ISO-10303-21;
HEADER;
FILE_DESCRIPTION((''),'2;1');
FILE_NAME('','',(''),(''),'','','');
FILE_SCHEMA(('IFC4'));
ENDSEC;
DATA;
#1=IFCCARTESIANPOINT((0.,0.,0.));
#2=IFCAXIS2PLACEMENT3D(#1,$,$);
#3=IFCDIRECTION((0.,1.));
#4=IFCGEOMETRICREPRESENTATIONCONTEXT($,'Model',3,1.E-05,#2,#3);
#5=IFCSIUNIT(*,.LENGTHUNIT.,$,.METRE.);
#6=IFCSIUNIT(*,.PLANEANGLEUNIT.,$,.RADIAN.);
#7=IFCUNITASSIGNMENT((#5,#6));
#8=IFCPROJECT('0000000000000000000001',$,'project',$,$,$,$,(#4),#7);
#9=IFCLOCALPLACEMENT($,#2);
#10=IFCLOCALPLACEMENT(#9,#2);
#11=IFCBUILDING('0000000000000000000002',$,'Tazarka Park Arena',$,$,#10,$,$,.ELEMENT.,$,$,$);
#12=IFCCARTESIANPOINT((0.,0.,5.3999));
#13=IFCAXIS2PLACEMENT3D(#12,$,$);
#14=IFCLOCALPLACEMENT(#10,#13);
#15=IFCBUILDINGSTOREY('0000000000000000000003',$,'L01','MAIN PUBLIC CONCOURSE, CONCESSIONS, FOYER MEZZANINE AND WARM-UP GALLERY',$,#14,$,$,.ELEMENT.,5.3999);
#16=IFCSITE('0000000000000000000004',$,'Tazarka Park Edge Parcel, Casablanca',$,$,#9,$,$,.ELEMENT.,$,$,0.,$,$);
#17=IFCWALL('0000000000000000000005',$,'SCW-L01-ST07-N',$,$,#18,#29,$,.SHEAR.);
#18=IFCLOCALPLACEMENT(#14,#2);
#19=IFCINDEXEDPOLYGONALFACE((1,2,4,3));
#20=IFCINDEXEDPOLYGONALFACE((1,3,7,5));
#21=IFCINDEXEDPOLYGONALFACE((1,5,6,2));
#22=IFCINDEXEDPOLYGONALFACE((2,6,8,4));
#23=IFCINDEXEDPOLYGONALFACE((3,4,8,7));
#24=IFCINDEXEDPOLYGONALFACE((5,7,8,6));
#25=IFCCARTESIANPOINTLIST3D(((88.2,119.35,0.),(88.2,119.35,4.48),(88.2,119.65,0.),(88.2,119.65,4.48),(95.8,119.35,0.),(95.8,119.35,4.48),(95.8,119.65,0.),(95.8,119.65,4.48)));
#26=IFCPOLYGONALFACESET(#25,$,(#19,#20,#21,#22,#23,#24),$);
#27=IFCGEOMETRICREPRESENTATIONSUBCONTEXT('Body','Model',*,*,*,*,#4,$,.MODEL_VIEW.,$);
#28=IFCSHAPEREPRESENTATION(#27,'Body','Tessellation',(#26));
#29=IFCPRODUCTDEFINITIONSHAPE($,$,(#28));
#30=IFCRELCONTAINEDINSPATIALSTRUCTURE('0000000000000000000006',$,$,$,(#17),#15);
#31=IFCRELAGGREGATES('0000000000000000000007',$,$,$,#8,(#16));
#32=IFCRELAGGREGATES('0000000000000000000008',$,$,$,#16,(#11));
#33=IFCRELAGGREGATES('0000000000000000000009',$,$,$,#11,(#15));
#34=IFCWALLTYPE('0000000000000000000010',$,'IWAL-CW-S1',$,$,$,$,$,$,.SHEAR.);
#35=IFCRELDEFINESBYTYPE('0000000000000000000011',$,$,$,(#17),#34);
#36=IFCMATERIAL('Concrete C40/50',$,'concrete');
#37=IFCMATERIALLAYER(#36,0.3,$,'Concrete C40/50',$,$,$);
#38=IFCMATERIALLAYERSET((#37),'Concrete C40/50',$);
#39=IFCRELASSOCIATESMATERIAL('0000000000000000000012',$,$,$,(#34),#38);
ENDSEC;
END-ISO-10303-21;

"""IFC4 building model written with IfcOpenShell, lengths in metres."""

from ifc_helpers import new_model, si_unit, direction, frame, frame_2d, origin, place, context, subcontext, project, spatial, rectangle, extrude, material, layer, layer_set, type_object, element, save


model = new_model("IFC4")

# Units and contexts
model_context = context("Model", 3, precision=1e-05, world=origin(), true_north=direction((0.0, 1.0)))
body_context = subcontext(model_context, "Body", "Model", "MODEL_VIEW")
ifc_project = project(units=[si_unit("LENGTHUNIT", "METRE"), si_unit("PLANEANGLEUNIT", "RADIAN")], contexts=[model_context])

# Site, building, storey
site_placement = place(None, origin())
site = spatial("IfcSite", under=ifc_project, at=site_placement, Name="Tazarka Park Edge Parcel, Casablanca", CompositionType="ELEMENT", RefElevation=0.0)
building_placement = place(site_placement, origin())
building = spatial("IfcBuilding", under=site, at=building_placement, Name="Tazarka Park Arena", CompositionType="ELEMENT")
storey_placement = place(building_placement, frame((0.0, 0.0, 5.3999)))
storey = spatial("IfcBuildingStorey", under=building, at=storey_placement, Name="L01", Description="MAIN PUBLIC CONCOURSE, CONCESSIONS, FOYER MEZZANINE AND WARM-UP GALLERY", CompositionType="ELEMENT", Elevation=5.3999)

# Shared definitions
ifc_material_1 = material(Name="Concrete C40/50", Category="concrete")
ifc_layer = layer(ifc_material_1, 0.3, Name="Concrete C40/50")
ifc_layer_set = layer_set([ifc_layer], Name="Concrete C40/50")
wall_type = type_object("IfcWallType", Name="IWAL-CW-S1", PredefinedType="SHEAR", material=ifc_layer_set)

# Wall
wall_1_placement = place(storey_placement, frame((88.2, 119.5, 0.0), z_axis=(0.0, 0.0, 1.0), x_axis=(1.0, 0.0, 0.0)))
element("IfcWall", 1, at=wall_1_placement, inside=storey, type_object=wall_type, Name="SCW-L01-ST07-N", PredefinedType="SHEAR", context=body_context, shape_type="SweptSolid", body=[
    extrude(rectangle(XDim=7.6001, YDim=0.3, at=frame_2d((3.8, 0.0))), origin(), (0.0, 0.0, 1.0), 4.48),
])

save(model, "model.ifc")
